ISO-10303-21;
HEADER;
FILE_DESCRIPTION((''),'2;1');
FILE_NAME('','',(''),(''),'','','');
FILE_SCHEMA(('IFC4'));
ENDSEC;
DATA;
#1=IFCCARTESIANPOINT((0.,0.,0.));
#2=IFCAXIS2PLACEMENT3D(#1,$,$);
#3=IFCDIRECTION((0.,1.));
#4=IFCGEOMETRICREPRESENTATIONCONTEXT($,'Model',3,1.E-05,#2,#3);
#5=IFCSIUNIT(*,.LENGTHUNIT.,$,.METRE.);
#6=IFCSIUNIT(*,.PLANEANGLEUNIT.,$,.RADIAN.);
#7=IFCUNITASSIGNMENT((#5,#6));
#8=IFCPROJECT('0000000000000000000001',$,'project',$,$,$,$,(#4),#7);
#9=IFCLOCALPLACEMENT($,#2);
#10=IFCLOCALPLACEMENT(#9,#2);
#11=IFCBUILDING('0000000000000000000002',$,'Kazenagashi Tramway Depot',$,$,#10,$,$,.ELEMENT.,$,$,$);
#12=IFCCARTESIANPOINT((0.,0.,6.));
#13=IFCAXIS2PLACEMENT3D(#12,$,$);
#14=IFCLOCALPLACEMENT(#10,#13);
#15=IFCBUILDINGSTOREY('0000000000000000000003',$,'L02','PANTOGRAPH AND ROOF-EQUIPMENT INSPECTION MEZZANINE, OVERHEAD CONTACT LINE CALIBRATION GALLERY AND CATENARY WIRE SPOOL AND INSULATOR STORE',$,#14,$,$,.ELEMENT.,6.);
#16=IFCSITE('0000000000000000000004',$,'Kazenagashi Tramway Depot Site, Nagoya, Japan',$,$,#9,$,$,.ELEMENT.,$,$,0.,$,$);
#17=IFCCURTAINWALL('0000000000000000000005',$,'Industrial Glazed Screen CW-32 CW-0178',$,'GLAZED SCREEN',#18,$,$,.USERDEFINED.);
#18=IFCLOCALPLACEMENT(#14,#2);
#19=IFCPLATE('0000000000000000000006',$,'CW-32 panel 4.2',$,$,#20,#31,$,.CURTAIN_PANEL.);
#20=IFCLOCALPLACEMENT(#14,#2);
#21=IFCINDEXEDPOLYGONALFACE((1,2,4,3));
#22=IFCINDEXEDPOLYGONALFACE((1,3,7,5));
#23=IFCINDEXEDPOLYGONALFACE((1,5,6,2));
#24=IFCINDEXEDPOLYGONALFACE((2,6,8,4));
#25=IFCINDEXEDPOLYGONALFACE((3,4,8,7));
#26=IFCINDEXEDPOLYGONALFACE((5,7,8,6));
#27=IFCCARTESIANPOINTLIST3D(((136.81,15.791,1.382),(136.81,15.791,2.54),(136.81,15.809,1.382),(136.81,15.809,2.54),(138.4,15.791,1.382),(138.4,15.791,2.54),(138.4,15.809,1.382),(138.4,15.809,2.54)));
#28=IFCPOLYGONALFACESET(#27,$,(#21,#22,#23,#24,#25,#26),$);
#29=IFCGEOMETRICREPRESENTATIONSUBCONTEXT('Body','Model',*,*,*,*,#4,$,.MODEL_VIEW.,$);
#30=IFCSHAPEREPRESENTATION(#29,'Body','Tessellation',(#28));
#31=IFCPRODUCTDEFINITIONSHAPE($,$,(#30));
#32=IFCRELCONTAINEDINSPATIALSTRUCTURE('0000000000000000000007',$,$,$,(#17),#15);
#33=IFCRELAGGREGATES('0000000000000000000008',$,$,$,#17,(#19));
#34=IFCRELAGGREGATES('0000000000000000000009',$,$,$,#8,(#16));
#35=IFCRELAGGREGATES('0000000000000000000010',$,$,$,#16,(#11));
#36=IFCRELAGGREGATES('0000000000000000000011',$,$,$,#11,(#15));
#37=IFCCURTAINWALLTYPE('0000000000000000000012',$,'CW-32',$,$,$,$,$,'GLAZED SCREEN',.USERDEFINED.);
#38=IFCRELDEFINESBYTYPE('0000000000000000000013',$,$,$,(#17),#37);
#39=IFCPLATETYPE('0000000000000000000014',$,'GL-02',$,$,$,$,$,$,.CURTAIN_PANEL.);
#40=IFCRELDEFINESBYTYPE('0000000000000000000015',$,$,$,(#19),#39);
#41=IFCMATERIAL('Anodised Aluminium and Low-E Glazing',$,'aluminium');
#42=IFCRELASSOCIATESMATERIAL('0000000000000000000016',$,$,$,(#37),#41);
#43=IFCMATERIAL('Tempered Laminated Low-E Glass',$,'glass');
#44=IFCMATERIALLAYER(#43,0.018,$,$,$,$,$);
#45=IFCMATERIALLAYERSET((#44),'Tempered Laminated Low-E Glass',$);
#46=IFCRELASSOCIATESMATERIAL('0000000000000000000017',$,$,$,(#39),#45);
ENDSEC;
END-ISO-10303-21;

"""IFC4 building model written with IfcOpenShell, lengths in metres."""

from ifc_helpers import new_model, si_unit, direction, frame, origin, origin_2d, place, context, subcontext, project, spatial, rectangle, extrude, material, layer, layer_set, type_object, element, aggregate, save


model = new_model("IFC4")

# Units and contexts
model_context = context("Model", 3, precision=1e-05, world=origin(), true_north=direction((0.0, 1.0)))
body_context = subcontext(model_context, "Body", "Model", "MODEL_VIEW")
ifc_project = project(units=[si_unit("LENGTHUNIT", "METRE"), si_unit("PLANEANGLEUNIT", "RADIAN")], contexts=[model_context])

# Site, building, storey
site_placement = place(None, origin())
site = spatial("IfcSite", under=ifc_project, at=site_placement, Name="Kazenagashi Tramway Depot Site, Nagoya, Japan", CompositionType="ELEMENT", RefElevation=0.0)
building_placement = place(site_placement, origin())
building = spatial("IfcBuilding", under=site, at=building_placement, Name="Kazenagashi Tramway Depot", CompositionType="ELEMENT")
storey_placement = place(building_placement, frame((0.0, 0.0, 6.0)))
storey = spatial("IfcBuildingStorey", under=building, at=storey_placement, Name="L02", Description="PANTOGRAPH AND ROOF-EQUIPMENT INSPECTION MEZZANINE, OVERHEAD CONTACT LINE CALIBRATION GALLERY AND CATENARY WIRE SPOOL AND INSULATOR STORE", CompositionType="ELEMENT", Elevation=6.0)

# Curtain wall
ifc_material_1 = material(Name="Anodised Aluminium and Low-E Glazing", Category="aluminium")
curtain_wall_type = type_object("IfcCurtainWallType", Name="CW-32", ElementType="GLAZED SCREEN", PredefinedType="USERDEFINED", material=ifc_material_1)
curtain_wall_1_placement = place(storey_placement, origin())
curtain_wall_1 = element("IfcCurtainWall", 1, at=curtain_wall_1_placement, inside=storey, type_object=curtain_wall_type, Name="Industrial Glazed Screen CW-32 CW-0178", ObjectType="GLAZED SCREEN", PredefinedType="USERDEFINED")

# Plate
ifc_material_2 = material(Name="Tempered Laminated Low-E Glass", Category="glass")
ifc_layer = layer(ifc_material_2, 0.018)
ifc_layer_set = layer_set([ifc_layer], Name="Tempered Laminated Low-E Glass")
plate_type = type_object("IfcPlateType", Name="GL-02", PredefinedType="CURTAIN_PANEL", material=ifc_layer_set)
plate_1_placement = place(storey_placement, frame((137.605, 15.8, 1.382), z_axis=(0.0, 0.0, 1.0), x_axis=(1.0, 0.0, 0.0)))
plate_1 = element("IfcPlate", 2, at=plate_1_placement, type_object=plate_type, Name="CW-32 panel 4.2", PredefinedType="CURTAIN_PANEL", context=body_context, shape_type="SweptSolid", body=[
    extrude(rectangle(XDim=1.59, YDim=0.018, at=origin_2d()), origin(), (0.0, 0.0, 1.0), 1.158),
])
aggregate(curtain_wall_1, [plate_1])

save(model, "model.ifc")
